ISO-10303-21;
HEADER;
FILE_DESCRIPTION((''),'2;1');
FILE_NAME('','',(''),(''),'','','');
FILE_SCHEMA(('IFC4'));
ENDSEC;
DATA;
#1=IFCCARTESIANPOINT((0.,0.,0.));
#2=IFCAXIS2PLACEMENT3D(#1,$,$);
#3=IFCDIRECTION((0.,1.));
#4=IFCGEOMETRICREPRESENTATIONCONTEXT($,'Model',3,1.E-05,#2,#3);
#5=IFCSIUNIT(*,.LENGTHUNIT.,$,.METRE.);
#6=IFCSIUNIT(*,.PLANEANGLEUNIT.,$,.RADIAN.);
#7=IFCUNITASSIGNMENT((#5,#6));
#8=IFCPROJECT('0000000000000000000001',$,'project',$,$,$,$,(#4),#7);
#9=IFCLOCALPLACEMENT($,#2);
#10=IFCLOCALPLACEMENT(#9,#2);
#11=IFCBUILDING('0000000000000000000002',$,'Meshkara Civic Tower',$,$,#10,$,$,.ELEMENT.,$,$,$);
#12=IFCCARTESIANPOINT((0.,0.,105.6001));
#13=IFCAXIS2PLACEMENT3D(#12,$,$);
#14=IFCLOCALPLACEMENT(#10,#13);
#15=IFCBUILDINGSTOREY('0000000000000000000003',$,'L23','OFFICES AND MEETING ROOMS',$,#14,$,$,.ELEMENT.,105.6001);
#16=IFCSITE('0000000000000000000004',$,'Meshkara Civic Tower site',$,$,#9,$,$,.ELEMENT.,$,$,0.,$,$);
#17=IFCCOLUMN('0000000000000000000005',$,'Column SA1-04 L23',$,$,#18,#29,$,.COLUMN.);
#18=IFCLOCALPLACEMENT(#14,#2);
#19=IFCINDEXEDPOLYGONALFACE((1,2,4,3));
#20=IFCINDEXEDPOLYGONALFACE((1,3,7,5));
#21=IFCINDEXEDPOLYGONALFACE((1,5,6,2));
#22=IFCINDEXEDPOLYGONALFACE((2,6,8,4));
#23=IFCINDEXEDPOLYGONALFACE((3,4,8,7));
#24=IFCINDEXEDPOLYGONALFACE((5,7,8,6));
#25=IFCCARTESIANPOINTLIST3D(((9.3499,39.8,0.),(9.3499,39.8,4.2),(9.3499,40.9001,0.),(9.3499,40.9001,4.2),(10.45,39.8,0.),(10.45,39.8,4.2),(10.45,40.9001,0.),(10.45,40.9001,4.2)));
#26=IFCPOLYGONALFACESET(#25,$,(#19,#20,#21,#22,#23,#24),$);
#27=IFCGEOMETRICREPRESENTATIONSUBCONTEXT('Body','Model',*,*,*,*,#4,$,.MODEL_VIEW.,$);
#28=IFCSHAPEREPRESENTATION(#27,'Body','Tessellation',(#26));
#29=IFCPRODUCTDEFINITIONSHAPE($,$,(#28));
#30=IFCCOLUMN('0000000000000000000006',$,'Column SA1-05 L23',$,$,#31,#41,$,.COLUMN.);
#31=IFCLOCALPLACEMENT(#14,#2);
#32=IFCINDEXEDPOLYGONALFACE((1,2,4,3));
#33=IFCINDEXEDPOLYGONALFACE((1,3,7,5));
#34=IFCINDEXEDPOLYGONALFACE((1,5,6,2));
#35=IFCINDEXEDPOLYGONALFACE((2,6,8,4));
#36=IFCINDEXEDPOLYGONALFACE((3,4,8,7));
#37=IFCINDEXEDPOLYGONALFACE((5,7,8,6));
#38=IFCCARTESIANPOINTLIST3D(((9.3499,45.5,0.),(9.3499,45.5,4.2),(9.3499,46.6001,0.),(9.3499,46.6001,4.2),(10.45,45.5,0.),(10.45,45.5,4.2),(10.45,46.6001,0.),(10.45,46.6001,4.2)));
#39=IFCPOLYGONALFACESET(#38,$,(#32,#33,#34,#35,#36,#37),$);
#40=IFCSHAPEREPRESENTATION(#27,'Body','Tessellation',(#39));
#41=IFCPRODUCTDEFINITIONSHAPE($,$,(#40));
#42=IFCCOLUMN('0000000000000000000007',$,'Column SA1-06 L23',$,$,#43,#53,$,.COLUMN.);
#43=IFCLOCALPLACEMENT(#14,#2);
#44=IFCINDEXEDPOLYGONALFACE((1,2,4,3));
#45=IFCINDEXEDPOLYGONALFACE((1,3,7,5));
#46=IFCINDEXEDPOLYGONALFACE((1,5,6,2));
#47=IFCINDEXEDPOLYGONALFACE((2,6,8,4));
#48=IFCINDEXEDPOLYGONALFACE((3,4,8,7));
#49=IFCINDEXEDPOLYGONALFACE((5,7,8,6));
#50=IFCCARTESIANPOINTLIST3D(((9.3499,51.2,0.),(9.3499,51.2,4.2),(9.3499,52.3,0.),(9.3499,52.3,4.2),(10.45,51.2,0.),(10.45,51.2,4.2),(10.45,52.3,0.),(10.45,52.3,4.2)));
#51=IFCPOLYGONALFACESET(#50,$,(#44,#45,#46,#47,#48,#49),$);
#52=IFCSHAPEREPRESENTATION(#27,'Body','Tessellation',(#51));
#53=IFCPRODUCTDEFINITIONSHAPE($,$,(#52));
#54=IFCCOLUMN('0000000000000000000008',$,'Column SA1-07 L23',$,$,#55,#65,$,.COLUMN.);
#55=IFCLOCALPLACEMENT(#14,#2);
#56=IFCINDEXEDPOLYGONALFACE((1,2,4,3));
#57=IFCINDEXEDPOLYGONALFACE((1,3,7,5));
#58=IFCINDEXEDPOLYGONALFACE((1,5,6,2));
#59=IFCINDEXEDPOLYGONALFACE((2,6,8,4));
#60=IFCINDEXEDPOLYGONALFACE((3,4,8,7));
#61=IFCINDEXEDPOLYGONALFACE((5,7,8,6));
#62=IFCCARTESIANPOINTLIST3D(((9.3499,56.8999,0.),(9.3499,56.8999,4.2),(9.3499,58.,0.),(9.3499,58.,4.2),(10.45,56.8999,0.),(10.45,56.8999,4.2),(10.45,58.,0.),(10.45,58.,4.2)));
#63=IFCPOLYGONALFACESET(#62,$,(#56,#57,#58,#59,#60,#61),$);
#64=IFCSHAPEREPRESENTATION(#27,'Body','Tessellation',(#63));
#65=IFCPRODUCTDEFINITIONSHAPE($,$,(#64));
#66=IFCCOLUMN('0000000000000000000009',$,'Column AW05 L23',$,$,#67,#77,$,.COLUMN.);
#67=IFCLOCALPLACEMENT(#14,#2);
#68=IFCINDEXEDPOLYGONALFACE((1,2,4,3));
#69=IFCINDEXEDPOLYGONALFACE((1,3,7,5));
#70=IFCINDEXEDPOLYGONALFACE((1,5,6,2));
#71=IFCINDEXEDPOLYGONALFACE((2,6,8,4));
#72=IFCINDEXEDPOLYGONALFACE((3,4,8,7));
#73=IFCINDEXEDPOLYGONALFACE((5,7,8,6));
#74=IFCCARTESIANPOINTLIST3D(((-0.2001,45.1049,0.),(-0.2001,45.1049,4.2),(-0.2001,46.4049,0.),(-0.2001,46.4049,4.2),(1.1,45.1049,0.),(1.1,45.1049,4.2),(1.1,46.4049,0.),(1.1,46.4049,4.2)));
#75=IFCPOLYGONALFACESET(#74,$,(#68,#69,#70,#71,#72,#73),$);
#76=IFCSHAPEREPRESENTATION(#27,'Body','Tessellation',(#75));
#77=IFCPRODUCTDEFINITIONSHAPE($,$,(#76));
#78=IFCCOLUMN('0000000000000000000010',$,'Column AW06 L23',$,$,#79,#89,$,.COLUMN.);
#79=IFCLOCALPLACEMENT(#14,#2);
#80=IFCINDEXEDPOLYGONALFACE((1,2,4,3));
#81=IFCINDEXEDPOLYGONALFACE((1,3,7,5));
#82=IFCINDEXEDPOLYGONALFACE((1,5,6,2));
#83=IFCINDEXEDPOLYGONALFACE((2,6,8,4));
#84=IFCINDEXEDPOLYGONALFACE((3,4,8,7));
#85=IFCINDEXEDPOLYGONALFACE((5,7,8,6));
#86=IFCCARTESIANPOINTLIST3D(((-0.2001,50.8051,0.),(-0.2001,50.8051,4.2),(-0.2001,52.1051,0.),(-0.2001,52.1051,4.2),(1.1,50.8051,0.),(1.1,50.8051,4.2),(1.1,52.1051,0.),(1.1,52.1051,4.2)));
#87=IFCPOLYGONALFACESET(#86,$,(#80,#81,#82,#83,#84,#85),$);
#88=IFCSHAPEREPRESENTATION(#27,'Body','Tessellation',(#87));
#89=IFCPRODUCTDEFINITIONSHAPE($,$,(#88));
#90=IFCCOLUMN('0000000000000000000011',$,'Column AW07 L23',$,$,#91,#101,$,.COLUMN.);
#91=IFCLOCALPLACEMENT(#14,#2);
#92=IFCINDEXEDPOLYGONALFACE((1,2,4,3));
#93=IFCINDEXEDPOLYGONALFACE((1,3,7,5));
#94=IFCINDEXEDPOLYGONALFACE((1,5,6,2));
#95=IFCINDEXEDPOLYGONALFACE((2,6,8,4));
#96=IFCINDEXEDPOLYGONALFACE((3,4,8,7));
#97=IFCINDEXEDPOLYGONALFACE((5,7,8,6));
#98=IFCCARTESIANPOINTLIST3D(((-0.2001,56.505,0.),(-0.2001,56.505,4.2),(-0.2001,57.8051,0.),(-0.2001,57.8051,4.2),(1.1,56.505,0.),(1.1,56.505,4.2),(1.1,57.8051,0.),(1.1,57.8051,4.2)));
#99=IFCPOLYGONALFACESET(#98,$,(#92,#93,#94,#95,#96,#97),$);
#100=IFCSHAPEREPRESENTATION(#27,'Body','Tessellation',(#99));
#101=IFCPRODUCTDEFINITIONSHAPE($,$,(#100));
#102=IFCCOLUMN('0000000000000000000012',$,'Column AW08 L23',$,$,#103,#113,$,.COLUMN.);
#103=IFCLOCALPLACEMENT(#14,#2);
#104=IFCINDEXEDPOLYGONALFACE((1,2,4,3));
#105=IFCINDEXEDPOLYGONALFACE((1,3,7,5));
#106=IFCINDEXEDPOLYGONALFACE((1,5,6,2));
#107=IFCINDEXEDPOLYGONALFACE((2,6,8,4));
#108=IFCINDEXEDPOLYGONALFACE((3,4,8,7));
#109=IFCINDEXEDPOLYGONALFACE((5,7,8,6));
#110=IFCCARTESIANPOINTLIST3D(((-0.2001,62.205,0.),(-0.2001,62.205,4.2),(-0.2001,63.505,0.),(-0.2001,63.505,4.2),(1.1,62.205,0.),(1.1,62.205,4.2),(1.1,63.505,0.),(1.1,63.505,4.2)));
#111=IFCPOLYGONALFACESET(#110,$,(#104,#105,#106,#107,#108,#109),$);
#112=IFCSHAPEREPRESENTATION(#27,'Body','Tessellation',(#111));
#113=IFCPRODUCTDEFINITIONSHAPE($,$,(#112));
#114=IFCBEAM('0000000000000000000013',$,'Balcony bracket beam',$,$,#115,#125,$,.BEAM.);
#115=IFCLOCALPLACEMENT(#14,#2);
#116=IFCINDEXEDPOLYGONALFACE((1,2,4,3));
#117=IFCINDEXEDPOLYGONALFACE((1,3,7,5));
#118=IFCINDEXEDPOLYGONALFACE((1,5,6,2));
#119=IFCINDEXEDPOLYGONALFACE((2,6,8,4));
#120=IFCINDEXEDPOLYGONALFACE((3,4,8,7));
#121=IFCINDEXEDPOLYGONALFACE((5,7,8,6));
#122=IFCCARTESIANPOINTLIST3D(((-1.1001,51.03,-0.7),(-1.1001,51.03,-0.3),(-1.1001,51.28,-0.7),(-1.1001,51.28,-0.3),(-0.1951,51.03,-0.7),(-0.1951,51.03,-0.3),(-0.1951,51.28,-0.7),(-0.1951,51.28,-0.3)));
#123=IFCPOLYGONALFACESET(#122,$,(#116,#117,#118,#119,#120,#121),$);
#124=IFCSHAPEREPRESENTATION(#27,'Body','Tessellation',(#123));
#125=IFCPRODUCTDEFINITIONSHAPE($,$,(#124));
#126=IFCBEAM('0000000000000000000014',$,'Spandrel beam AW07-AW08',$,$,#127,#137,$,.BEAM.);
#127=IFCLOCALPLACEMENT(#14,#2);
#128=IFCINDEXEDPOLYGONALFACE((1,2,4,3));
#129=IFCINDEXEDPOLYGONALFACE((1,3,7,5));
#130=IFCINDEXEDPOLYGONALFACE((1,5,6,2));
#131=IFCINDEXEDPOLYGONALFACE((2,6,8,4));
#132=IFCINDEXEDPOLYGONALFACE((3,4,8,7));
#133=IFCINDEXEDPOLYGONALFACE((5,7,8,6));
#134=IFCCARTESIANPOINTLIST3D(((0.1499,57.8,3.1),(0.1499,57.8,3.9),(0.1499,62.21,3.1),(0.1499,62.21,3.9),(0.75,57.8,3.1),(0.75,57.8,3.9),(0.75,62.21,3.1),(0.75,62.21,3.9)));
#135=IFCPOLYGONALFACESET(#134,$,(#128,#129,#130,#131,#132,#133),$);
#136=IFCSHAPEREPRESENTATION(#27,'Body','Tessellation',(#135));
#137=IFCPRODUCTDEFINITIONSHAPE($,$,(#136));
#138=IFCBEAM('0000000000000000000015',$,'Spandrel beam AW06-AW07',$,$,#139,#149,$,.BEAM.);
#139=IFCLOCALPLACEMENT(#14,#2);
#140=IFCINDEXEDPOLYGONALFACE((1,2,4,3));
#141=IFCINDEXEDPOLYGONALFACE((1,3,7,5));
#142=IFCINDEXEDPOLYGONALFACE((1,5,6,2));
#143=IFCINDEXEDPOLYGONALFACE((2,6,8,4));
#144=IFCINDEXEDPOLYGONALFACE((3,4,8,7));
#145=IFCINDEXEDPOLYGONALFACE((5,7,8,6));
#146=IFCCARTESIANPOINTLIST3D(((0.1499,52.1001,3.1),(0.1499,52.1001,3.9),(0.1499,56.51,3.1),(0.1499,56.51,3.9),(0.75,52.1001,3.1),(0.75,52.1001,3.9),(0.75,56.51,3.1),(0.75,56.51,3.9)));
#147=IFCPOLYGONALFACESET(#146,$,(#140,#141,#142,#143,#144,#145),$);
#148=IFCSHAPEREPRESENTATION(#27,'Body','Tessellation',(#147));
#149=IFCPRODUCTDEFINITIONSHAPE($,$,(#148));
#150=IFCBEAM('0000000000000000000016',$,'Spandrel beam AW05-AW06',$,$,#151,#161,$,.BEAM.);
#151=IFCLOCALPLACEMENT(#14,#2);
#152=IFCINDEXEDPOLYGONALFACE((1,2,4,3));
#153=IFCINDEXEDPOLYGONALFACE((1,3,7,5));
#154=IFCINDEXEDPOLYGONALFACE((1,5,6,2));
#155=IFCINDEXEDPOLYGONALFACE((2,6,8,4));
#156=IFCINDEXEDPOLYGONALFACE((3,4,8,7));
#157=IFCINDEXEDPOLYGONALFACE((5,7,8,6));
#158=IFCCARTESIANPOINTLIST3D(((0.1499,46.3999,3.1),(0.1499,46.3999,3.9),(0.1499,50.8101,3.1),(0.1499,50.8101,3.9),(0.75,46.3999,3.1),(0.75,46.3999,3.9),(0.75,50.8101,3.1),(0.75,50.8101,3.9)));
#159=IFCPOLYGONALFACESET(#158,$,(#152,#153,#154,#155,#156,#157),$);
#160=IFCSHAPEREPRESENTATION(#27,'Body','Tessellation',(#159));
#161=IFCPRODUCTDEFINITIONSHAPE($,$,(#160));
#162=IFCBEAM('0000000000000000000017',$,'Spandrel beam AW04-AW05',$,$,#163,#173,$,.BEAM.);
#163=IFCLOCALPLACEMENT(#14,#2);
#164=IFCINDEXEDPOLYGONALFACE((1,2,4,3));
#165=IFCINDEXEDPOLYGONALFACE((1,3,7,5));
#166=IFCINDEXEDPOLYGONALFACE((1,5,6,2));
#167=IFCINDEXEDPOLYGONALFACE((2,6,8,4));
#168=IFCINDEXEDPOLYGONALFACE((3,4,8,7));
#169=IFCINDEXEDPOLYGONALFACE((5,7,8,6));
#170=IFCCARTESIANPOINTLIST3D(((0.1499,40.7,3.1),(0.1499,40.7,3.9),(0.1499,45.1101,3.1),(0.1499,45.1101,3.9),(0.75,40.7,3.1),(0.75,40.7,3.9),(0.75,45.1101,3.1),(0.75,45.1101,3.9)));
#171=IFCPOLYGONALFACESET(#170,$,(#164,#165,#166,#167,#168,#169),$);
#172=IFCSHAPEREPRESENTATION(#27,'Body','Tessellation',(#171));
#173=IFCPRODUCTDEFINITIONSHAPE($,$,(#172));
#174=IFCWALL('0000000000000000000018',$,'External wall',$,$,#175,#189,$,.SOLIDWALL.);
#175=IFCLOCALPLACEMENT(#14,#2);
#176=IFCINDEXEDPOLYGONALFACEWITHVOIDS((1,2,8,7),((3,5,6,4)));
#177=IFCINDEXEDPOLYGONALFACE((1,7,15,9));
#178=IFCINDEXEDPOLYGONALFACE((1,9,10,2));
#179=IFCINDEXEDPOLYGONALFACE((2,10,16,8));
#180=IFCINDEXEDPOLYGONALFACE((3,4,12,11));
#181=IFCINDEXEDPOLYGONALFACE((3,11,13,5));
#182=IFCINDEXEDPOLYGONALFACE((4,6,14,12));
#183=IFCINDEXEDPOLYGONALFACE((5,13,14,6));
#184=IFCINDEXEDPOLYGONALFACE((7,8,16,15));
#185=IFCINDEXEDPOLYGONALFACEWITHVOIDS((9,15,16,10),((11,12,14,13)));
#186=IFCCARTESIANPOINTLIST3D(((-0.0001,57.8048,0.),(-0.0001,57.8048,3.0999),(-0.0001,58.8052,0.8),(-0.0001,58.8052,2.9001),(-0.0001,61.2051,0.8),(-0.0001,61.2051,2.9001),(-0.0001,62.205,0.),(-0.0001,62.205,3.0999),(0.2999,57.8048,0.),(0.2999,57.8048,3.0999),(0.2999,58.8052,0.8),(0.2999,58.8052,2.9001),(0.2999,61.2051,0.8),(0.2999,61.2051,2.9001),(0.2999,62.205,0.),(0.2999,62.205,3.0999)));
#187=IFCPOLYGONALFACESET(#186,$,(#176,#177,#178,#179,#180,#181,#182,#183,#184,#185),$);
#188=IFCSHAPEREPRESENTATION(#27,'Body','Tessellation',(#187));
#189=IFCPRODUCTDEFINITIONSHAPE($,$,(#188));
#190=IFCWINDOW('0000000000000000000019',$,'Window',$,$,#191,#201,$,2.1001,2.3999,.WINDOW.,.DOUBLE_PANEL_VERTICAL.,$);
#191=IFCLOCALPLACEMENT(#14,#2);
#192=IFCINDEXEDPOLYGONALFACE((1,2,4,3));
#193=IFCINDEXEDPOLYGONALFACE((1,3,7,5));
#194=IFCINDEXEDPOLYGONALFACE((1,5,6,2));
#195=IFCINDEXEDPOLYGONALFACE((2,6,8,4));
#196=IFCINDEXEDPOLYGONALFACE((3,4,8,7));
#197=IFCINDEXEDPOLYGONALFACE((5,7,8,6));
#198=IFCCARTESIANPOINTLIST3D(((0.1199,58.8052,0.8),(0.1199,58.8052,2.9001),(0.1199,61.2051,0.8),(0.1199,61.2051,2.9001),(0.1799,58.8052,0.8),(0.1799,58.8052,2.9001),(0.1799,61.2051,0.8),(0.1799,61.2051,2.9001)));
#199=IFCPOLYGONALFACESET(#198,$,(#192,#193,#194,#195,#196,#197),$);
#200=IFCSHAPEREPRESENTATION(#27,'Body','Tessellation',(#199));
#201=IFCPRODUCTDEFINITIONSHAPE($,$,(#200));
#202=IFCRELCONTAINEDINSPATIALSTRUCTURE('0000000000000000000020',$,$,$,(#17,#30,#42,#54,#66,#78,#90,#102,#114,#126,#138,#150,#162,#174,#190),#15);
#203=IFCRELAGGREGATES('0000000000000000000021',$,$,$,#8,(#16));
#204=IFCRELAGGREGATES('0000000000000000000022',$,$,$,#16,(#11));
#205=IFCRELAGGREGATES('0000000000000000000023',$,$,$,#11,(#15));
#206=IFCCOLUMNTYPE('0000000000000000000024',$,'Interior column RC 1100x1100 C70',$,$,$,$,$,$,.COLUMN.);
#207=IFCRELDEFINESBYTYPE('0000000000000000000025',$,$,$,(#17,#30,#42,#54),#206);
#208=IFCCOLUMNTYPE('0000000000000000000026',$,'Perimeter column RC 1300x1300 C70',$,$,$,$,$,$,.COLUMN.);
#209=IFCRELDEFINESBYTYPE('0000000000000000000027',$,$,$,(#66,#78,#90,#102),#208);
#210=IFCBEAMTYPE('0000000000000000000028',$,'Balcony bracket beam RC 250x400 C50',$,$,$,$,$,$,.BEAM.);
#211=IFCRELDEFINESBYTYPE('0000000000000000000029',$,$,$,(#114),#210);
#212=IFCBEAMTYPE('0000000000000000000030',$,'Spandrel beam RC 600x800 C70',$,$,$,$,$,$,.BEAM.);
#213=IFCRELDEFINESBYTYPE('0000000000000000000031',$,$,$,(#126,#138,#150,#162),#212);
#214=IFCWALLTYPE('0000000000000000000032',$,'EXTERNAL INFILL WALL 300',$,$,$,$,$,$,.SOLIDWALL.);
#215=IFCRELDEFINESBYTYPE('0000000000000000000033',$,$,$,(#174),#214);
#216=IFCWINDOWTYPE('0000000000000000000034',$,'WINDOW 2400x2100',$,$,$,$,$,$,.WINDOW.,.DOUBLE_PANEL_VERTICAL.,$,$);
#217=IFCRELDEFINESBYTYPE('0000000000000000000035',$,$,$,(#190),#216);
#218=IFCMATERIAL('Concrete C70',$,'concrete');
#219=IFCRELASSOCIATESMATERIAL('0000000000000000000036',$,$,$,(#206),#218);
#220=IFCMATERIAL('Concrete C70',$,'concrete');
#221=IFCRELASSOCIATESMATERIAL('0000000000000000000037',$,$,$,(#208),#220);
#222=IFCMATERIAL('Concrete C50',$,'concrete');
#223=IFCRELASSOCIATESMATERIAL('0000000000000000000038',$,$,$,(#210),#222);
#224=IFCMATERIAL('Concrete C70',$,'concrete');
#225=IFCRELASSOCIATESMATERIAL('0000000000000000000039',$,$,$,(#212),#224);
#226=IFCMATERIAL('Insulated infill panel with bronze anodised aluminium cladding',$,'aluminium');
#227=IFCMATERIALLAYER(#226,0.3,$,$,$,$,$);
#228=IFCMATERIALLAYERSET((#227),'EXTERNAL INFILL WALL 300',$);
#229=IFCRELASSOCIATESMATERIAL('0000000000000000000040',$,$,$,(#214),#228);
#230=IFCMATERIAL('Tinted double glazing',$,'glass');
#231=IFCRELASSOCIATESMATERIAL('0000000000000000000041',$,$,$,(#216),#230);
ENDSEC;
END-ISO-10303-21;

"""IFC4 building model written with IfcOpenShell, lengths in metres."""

from ifc_helpers import new_model, si_unit, direction, frame, frame_2d, origin, origin_2d, place, context, subcontext, project, spatial, rectangle, extrude, material, layer, layer_set, material_profile, profile_set, type_object, element, fill, save


model = new_model("IFC4")

# Units and contexts
model_context = context("Model", 3, precision=1e-05, world=origin(), true_north=direction((0.0, 1.0)))
body_context = subcontext(model_context, "Body", "Model", "MODEL_VIEW")
ifc_project = project(units=[si_unit("LENGTHUNIT", "METRE"), si_unit("PLANEANGLEUNIT", "RADIAN")], contexts=[model_context])

# Site, building, storey
site_placement = place(None, origin())
site = spatial("IfcSite", under=ifc_project, at=site_placement, Name="Meshkara Civic Tower site", CompositionType="ELEMENT", RefElevation=0.0)
building_placement = place(site_placement, origin())
building = spatial("IfcBuilding", under=site, at=building_placement, Name="Meshkara Civic Tower", CompositionType="ELEMENT")
storey_placement = place(building_placement, frame((0.0, 0.0, 105.6001)))
storey = spatial("IfcBuildingStorey", under=building, at=storey_placement, Name="L23", Description="OFFICES AND MEETING ROOMS", CompositionType="ELEMENT", Elevation=105.6001)

# Columns
ifc_material_1 = material(Name="Concrete C70", Category="concrete")
ifc_material_profile_1 = material_profile(ifc_material_1, rectangle(XDim=1.1001, YDim=1.1001, at=origin_2d()))
ifc_profile_set_1 = profile_set([ifc_material_profile_1], Name="Concrete C70")
column_type_1 = type_object("IfcColumnType", Name="Interior column RC 1100x1100 C70", PredefinedType="COLUMN", material=ifc_profile_set_1)
for number, where, z_axis, x_axis, name in (
    (1, (9.8999, 40.3501, 0.0), (0.0, 0.0, 1.0), (1.0, 0.0, 0.0), "Column SA1-04 L23"),
    (2, (9.8999, 46.05, 0.0), (0.0, 0.0, 1.0), (1.0, 0.0, 0.0), "Column SA1-05 L23"),
    (3, (9.8999, 51.75, 0.0), (0.0, 0.0, 1.0), (1.0, 0.0, 0.0), "Column SA1-06 L23"),
    (4, (9.8999, 57.45, 0.0), (0.0, 0.0, 1.0), (1.0, 0.0, 0.0), "Column SA1-07 L23"),
):
    element("IfcColumn", number, at=place(storey_placement, frame(where, z_axis=z_axis, x_axis=x_axis)), inside=storey, type_object=column_type_1, Name=name, PredefinedType="COLUMN", context=body_context, shape_type="SweptSolid", body=[
        extrude(rectangle(XDim=1.1001, YDim=1.1001, at=origin_2d()), origin(), (0.0, 0.0, 1.0), 4.2),
    ])
ifc_material_2 = material(Name="Concrete C70", Category="concrete")
ifc_material_profile_2 = material_profile(ifc_material_2, rectangle(XDim=1.3, YDim=1.3, at=origin_2d()))
ifc_profile_set_2 = profile_set([ifc_material_profile_2], Name="Concrete C70")
column_type_2 = type_object("IfcColumnType", Name="Perimeter column RC 1300x1300 C70", PredefinedType="COLUMN", material=ifc_profile_set_2)
for number, where, z_axis, x_axis, name in (
    (5, (0.45, 45.7549, 0.0), (0.0, 0.0, 1.0), (1.0, 0.0, 0.0), "Column AW05 L23"),
    (6, (0.45, 51.4551, 0.0), (0.0, 0.0, 1.0), (1.0, 0.0, 0.0), "Column AW06 L23"),
    (7, (0.45, 57.155, 0.0), (0.0, 0.0, 1.0), (1.0, 0.0, 0.0), "Column AW07 L23"),
    (8, (0.45, 62.855, 0.0), (0.0, 0.0, 1.0), (1.0, 0.0, 0.0), "Column AW08 L23"),
):
    element("IfcColumn", number, at=place(storey_placement, frame(where, z_axis=z_axis, x_axis=x_axis)), inside=storey, type_object=column_type_2, Name=name, PredefinedType="COLUMN", context=body_context, shape_type="SweptSolid", body=[
        extrude(rectangle(XDim=1.3, YDim=1.3, at=origin_2d()), origin(), (0.0, 0.0, 1.0), 4.2),
    ])

# Beams
ifc_material_3 = material(Name="Concrete C50", Category="concrete")
ifc_material_profile_3 = material_profile(ifc_material_3, rectangle(XDim=0.25, YDim=0.3999, at=origin_2d()))
ifc_profile_set_3 = profile_set([ifc_material_profile_3], Name="Concrete C50")
beam_type_1 = type_object("IfcBeamType", Name="Balcony bracket beam RC 250x400 C50", PredefinedType="BEAM", material=ifc_profile_set_3)
beam_placement = place(storey_placement, frame((-0.1951, 51.155, -0.5), z_axis=(-1.0, 0.0, 0.0), x_axis=(0.0, -1.0, 0.0)))
element("IfcBeam", 9, at=beam_placement, inside=storey, type_object=beam_type_1, Name="Balcony bracket beam", PredefinedType="BEAM", context=body_context, shape_type="SweptSolid", body=[
    extrude(rectangle(XDim=0.25, YDim=0.3999, at=origin_2d()), origin(), (0.0, 0.0, 1.0), 0.905),
])
ifc_material_4 = material(Name="Concrete C70", Category="concrete")
ifc_material_profile_4 = material_profile(ifc_material_4, rectangle(XDim=0.6001, YDim=0.8, at=origin_2d()))
ifc_profile_set_4 = profile_set([ifc_material_profile_4], Name="Concrete C70")
beam_type_2 = type_object("IfcBeamType", Name="Spandrel beam RC 600x800 C70", PredefinedType="BEAM", material=ifc_profile_set_4)
for number, where, z_axis, x_axis, name in (
    (10, (0.45, 62.21, 3.5), (0.0, -1.0, 0.0), (1.0, 0.0, 0.0), "Spandrel beam AW07-AW08"),
    (11, (0.45, 56.51, 3.5), (0.0, -1.0, 0.0), (1.0, 0.0, 0.0), "Spandrel beam AW06-AW07"),
):
    element("IfcBeam", number, at=place(storey_placement, frame(where, z_axis=z_axis, x_axis=x_axis)), inside=storey, type_object=beam_type_2, Name=name, PredefinedType="BEAM", context=body_context, shape_type="SweptSolid", body=[
        extrude(rectangle(XDim=0.6001, YDim=0.8, at=origin_2d()), origin(), (0.0, 0.0, 1.0), 4.4099),
    ])
for number, where, z_axis, x_axis, name in (
    (12, (0.45, 50.8101, 3.5), (0.0, -1.0, 0.0), (1.0, 0.0, 0.0), "Spandrel beam AW05-AW06"),
    (13, (0.45, 45.1101, 3.5), (0.0, -1.0, 0.0), (1.0, 0.0, 0.0), "Spandrel beam AW04-AW05"),
):
    element("IfcBeam", number, at=place(storey_placement, frame(where, z_axis=z_axis, x_axis=x_axis)), inside=storey, type_object=beam_type_2, Name=name, PredefinedType="BEAM", context=body_context, shape_type="SweptSolid", body=[
        extrude(rectangle(XDim=0.6001, YDim=0.8, at=origin_2d()), origin(), (0.0, 0.0, 1.0), 4.4102),
    ])

# Wall, opening, window
ifc_material_5 = material(Name="Insulated infill panel with bronze anodised aluminium cladding", Category="aluminium")
ifc_layer_1 = layer(ifc_material_5, 0.3)
ifc_layer_set_1 = layer_set([ifc_layer_1], Name="EXTERNAL INFILL WALL 300")
wall_type_1 = type_object("IfcWallType", Name="EXTERNAL INFILL WALL 300", PredefinedType="SOLIDWALL", material=ifc_layer_set_1)
wall_1_placement = place(storey_placement, frame((0.1499, 62.2051, 0.0), z_axis=(0.0, 0.0, 1.0), x_axis=(0.0, -1.0, 0.0)))
wall_1 = element("IfcWall", 14, at=wall_1_placement, inside=storey, type_object=wall_type_1, Name="External wall", PredefinedType="SOLIDWALL", context=body_context, shape_type="SweptSolid", body=[
    extrude(rectangle(XDim=4.4001, YDim=0.3, at=frame_2d((2.2002, 0.0))), origin(), (0.0, 0.0, 1.0), 3.0999),
])
opening_1_placement = place(wall_1_placement, frame((1.0, 0.0, 0.8)))
opening_1 = element("IfcOpeningElement", 15, at=opening_1_placement, cuts=wall_1, PredefinedType="OPENING", context=body_context, shape_type="SweptSolid", body=[
    extrude(rectangle(XDim=2.3999, YDim=2.1001, at=frame_2d((1.2, 1.05))), frame((0.0, 0.1599, 0.0), z_axis=(0.0, -1.0, 0.0), x_axis=(1.0, 0.0, 0.0)), (0.0, 0.0, 1.0), 0.3201),
])
ifc_material_6 = material(Name="Tinted double glazing", Category="glass")
window_type = type_object("IfcWindowType", Name="WINDOW 2400x2100", PartitioningType="DOUBLE_PANEL_VERTICAL", PredefinedType="WINDOW", material=ifc_material_6)
window_1_placement = place(opening_1_placement, origin())
window_1 = element("IfcWindow", 16, at=window_1_placement, inside=storey, type_object=window_type, Name="Window", OverallHeight=2.1001, OverallWidth=2.3999, PartitioningType="DOUBLE_PANEL_VERTICAL", PredefinedType="WINDOW", context=body_context, shape_type="SweptSolid", body=[
    extrude(rectangle(XDim=2.3999, YDim=2.1001, at=frame_2d((1.2, 1.05))), frame((0.0, 0.03, 0.0), z_axis=(0.0, -1.0, 0.0), x_axis=(1.0, 0.0, 0.0)), (0.0, 0.0, 1.0), 0.0601),
])
fill(opening_1, window_1)

save(model, "model.ifc")
